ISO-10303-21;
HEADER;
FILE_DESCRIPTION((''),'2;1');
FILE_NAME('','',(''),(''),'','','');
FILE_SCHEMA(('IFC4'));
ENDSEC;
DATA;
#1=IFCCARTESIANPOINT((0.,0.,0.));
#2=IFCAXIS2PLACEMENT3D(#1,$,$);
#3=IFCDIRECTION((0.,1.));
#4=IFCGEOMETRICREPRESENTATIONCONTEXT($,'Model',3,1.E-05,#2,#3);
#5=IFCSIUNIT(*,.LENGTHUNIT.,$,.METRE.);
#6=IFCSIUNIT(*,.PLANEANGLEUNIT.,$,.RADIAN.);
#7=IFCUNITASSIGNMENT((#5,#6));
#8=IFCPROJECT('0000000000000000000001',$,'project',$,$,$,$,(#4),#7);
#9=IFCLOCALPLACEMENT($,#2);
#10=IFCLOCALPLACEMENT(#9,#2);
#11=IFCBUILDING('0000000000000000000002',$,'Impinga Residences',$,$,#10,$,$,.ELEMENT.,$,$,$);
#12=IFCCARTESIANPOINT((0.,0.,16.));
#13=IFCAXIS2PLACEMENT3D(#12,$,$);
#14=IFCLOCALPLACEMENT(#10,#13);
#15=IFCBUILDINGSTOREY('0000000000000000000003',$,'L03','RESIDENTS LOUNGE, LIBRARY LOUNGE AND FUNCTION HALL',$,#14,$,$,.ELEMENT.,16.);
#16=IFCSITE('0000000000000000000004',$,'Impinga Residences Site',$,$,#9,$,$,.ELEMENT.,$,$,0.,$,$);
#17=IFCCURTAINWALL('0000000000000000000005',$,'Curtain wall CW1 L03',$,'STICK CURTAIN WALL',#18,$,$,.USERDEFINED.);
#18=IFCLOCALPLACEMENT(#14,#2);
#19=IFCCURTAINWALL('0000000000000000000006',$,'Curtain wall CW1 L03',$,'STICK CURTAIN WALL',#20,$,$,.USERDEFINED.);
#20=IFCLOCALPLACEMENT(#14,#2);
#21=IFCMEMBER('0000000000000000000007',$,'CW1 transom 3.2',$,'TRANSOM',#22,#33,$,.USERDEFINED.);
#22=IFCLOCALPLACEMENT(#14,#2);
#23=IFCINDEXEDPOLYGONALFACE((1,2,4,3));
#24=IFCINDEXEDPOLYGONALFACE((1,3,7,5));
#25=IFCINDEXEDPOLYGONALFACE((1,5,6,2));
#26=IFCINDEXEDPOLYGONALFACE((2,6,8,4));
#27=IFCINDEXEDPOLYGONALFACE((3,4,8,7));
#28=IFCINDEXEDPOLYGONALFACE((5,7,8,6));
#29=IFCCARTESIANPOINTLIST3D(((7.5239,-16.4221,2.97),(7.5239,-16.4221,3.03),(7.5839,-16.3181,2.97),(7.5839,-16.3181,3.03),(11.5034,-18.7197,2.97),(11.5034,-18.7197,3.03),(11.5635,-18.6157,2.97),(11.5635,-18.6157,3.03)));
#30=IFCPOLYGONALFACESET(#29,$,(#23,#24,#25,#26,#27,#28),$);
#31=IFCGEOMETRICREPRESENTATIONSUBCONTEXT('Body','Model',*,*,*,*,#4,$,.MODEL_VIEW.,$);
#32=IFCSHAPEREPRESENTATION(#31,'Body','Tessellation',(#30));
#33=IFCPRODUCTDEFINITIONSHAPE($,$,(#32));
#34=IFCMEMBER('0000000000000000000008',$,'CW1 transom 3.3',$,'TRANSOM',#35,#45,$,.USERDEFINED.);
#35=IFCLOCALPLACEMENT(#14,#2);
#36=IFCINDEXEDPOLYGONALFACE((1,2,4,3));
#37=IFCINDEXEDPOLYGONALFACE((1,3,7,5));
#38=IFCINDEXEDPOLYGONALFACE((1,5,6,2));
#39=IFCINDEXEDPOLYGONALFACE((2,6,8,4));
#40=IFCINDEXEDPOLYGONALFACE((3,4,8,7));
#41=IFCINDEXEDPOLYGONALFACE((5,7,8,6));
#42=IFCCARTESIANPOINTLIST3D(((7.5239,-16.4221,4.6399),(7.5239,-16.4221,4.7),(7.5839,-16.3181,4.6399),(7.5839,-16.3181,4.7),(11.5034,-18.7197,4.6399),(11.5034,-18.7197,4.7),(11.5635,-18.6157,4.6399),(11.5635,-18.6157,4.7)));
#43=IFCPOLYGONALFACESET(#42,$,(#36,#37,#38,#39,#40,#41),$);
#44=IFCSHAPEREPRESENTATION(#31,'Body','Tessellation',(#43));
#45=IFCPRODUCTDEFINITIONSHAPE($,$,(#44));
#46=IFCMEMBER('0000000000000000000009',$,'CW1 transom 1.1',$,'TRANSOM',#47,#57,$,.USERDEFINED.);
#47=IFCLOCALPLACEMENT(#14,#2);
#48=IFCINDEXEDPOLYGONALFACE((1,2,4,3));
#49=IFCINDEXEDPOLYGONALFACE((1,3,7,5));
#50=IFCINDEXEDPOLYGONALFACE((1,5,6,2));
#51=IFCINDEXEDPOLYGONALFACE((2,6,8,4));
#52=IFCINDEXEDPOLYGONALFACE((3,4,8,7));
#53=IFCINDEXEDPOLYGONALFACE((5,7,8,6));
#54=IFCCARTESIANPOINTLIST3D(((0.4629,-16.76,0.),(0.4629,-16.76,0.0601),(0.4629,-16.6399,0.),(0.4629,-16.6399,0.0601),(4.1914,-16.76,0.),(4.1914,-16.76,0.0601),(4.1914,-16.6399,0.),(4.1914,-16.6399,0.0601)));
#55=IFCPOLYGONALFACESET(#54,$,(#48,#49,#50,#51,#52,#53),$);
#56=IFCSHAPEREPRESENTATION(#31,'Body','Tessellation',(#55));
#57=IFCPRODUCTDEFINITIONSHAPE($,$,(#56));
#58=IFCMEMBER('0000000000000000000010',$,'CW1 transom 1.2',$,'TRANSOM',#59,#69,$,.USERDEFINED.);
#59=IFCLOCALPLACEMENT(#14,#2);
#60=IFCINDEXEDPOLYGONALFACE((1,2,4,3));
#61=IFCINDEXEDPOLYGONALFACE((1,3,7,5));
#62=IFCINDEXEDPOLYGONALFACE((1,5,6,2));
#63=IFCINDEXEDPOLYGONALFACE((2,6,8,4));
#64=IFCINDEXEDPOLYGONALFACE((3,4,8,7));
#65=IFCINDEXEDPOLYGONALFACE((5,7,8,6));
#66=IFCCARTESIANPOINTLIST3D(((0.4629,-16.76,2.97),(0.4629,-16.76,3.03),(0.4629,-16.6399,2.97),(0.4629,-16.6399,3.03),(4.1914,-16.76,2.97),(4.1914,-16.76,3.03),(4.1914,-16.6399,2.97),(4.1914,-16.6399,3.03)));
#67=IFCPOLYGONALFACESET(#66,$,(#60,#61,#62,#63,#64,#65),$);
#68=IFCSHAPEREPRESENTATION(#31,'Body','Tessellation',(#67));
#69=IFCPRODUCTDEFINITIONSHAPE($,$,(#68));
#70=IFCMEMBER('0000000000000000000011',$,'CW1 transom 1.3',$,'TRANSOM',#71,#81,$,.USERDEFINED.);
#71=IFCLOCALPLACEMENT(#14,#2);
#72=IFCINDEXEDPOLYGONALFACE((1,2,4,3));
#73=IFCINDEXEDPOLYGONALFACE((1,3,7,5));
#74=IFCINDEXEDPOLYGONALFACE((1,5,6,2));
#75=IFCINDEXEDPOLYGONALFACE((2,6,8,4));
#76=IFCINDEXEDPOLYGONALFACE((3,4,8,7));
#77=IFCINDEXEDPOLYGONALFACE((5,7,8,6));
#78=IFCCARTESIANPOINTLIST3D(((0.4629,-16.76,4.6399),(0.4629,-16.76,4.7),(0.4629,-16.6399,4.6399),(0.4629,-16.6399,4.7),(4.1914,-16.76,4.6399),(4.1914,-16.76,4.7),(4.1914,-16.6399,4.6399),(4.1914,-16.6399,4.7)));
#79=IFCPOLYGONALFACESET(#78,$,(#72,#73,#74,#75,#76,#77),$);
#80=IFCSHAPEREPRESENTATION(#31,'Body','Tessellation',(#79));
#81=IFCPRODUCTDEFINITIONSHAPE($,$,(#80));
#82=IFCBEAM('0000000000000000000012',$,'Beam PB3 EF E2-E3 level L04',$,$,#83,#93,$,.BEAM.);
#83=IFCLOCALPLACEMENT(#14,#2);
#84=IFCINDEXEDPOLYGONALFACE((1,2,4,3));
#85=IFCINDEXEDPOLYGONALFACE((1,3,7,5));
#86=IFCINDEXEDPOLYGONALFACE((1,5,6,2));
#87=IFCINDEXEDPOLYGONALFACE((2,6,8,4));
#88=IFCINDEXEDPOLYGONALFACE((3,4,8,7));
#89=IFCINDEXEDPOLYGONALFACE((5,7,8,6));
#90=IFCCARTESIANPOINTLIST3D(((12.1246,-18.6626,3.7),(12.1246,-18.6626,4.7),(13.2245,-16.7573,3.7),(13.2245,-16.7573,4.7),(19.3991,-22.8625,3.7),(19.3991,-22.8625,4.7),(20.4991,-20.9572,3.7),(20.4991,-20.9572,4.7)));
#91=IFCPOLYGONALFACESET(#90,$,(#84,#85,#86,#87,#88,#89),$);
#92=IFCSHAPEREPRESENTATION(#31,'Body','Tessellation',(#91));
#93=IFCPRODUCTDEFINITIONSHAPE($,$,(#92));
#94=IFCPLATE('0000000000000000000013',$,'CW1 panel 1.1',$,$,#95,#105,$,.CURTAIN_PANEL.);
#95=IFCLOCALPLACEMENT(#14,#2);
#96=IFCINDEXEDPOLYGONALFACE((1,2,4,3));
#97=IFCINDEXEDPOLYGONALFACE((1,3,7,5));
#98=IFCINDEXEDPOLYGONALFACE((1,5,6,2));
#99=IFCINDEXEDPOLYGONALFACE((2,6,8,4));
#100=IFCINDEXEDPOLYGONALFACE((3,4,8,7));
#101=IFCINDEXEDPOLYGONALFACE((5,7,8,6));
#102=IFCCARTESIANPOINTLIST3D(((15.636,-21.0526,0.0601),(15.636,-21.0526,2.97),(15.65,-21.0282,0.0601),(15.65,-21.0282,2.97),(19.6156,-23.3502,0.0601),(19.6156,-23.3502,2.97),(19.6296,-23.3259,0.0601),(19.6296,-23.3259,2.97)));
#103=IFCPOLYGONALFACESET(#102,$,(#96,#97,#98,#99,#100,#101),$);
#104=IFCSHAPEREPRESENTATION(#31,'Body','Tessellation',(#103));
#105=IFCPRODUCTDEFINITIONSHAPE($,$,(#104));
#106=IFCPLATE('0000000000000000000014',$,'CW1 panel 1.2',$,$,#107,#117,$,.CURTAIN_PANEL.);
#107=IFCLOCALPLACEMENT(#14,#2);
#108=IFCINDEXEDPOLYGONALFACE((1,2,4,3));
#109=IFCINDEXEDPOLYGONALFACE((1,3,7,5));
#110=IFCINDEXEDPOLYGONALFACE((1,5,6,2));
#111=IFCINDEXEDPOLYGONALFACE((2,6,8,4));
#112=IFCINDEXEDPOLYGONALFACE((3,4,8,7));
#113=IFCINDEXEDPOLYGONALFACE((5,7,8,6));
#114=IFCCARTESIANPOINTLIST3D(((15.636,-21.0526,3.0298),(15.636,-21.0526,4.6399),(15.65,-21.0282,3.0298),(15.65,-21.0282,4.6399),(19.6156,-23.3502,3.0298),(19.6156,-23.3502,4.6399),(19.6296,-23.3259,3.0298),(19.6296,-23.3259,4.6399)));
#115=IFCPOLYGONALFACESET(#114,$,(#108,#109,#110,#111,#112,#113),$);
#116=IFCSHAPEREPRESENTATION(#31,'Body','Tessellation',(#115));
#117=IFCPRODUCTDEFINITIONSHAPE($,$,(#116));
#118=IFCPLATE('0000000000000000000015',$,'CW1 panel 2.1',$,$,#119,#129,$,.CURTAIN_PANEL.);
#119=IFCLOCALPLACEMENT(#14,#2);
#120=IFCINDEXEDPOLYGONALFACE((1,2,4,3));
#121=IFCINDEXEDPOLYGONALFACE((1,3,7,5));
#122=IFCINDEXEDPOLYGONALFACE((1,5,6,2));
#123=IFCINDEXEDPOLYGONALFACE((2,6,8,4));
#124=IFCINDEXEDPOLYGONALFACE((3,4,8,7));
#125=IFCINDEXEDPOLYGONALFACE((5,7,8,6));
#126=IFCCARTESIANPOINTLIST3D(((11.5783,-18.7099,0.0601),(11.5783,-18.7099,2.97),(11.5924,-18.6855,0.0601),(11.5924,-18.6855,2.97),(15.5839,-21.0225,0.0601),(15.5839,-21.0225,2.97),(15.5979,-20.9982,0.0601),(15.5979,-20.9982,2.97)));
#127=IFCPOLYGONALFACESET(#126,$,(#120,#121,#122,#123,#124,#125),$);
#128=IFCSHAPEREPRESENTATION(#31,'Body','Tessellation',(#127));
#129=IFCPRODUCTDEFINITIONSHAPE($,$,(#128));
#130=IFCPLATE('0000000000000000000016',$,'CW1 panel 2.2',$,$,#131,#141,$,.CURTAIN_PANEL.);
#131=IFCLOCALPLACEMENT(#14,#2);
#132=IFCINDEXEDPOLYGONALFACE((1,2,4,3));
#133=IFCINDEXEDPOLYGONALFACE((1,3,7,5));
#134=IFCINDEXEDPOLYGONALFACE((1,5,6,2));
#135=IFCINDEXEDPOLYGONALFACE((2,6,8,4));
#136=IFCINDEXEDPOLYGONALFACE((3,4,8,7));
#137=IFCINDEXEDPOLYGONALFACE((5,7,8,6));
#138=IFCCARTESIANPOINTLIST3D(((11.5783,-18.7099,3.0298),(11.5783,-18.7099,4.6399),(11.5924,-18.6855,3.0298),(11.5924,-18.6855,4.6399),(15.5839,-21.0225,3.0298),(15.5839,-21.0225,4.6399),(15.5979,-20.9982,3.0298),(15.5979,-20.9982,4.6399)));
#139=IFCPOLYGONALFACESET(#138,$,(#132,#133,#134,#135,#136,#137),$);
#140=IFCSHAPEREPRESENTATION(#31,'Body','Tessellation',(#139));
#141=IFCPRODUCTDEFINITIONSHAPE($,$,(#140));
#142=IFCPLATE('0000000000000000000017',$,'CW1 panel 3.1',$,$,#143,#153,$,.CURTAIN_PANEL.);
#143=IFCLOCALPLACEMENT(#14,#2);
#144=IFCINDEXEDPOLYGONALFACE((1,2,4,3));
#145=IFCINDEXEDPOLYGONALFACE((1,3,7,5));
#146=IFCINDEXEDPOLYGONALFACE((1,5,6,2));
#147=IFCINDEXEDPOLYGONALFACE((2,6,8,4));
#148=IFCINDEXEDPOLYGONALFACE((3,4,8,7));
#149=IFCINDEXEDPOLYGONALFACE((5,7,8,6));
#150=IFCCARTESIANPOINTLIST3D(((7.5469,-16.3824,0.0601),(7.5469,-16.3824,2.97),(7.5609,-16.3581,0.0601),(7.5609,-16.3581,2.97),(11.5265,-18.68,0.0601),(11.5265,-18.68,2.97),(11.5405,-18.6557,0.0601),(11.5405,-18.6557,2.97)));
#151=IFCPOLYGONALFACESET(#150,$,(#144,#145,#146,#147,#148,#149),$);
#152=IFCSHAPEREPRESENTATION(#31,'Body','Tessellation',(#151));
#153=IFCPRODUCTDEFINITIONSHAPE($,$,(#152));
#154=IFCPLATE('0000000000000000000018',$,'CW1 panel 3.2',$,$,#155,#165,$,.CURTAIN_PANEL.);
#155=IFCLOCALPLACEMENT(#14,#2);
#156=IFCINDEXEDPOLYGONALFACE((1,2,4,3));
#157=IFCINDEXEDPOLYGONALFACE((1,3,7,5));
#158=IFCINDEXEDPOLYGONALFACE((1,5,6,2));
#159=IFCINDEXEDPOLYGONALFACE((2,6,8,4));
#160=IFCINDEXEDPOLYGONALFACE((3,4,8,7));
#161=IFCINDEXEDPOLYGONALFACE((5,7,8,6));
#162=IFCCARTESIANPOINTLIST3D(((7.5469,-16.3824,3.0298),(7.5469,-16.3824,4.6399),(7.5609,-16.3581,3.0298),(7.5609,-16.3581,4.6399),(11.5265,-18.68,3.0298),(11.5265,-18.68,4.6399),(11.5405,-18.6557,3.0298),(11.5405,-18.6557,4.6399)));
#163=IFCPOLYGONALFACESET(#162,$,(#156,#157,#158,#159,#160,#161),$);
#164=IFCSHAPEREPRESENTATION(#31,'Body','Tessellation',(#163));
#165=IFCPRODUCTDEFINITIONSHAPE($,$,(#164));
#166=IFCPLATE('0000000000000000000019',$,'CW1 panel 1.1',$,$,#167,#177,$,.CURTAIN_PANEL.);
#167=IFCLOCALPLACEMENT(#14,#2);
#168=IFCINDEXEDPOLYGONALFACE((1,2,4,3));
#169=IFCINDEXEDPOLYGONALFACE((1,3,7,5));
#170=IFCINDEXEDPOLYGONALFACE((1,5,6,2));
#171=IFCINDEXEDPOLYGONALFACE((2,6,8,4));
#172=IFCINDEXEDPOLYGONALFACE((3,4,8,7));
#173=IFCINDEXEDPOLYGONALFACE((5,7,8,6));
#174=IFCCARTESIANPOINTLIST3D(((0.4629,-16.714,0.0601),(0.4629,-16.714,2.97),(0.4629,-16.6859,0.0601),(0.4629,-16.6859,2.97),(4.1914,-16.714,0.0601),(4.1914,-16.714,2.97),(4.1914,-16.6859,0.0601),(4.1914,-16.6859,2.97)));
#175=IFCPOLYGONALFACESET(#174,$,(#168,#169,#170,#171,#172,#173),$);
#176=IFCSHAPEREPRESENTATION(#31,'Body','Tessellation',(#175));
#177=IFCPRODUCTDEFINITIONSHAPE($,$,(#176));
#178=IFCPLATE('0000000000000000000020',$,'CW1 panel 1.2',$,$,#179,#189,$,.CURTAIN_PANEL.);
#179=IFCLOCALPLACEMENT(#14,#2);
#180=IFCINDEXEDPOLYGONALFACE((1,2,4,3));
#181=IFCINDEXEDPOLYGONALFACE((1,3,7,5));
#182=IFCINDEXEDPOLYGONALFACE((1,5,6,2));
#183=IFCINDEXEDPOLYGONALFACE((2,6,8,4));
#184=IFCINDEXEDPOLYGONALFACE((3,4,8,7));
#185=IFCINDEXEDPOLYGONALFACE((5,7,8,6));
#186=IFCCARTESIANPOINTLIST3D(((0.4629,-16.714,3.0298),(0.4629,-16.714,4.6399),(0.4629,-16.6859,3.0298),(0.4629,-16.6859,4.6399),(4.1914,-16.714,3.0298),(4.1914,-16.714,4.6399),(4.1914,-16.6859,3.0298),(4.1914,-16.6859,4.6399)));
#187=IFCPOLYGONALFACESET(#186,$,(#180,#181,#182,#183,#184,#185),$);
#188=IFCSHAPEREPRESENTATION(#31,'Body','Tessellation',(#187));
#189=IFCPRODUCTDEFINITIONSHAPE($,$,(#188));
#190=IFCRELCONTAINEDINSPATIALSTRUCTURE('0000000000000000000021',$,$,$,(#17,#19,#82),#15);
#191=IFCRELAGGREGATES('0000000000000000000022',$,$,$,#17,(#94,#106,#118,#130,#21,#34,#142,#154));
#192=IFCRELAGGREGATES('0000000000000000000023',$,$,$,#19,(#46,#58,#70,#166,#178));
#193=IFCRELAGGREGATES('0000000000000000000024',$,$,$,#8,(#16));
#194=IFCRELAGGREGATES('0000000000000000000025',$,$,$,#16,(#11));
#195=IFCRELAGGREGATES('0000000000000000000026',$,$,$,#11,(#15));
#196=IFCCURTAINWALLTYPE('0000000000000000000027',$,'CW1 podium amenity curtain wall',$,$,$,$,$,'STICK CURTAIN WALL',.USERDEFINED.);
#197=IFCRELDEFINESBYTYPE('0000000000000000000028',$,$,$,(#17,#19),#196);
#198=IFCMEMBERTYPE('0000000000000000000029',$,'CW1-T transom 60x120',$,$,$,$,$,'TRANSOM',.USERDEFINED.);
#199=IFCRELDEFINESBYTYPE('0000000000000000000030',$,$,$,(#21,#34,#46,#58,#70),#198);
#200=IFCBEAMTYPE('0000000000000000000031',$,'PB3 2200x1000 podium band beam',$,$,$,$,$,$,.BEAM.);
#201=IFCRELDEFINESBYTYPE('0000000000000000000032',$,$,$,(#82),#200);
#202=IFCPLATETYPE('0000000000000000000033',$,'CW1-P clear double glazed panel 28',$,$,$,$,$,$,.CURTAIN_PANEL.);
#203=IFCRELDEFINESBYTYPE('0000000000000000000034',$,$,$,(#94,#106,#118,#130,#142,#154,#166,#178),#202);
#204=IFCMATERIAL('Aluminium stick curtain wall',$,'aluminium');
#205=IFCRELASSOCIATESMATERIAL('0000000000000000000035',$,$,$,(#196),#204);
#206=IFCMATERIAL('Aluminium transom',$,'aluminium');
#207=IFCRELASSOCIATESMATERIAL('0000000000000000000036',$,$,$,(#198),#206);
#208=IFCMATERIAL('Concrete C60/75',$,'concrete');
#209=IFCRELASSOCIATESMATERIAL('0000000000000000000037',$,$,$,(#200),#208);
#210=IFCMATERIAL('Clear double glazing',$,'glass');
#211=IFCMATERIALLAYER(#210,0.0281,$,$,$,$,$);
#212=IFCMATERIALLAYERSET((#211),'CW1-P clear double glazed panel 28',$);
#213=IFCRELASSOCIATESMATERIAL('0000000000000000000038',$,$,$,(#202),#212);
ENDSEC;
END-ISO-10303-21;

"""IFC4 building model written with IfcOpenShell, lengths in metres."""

from ifc_helpers import new_model, si_unit, direction, frame, origin, origin_2d, place, context, subcontext, project, spatial, rectangle, extrude, material, layer, layer_set, material_profile, profile_set, type_object, element, aggregate, save


model = new_model("IFC4")

# Units and contexts
model_context = context("Model", 3, precision=1e-05, world=origin(), true_north=direction((0.0, 1.0)))
body_context = subcontext(model_context, "Body", "Model", "MODEL_VIEW")
ifc_project = project(units=[si_unit("LENGTHUNIT", "METRE"), si_unit("PLANEANGLEUNIT", "RADIAN")], contexts=[model_context])

# Site, building, storey
site_placement = place(None, origin())
site = spatial("IfcSite", under=ifc_project, at=site_placement, Name="Impinga Residences Site", CompositionType="ELEMENT", RefElevation=0.0)
building_placement = place(site_placement, origin())
building = spatial("IfcBuilding", under=site, at=building_placement, Name="Impinga Residences", CompositionType="ELEMENT")
storey_placement = place(building_placement, frame((0.0, 0.0, 16.0)))
storey = spatial("IfcBuildingStorey", under=building, at=storey_placement, Name="L03", Description="RESIDENTS LOUNGE, LIBRARY LOUNGE AND FUNCTION HALL", CompositionType="ELEMENT", Elevation=16.0)

# Curtain walls
ifc_material_1 = material(Name="Aluminium stick curtain wall", Category="aluminium")
curtain_wall_type = type_object("IfcCurtainWallType", Name="CW1 podium amenity curtain wall", ElementType="STICK CURTAIN WALL", PredefinedType="USERDEFINED", material=ifc_material_1)
curtain_wall_1_placement = place(storey_placement, origin())
curtain_wall_1 = element("IfcCurtainWall", 1, at=curtain_wall_1_placement, inside=storey, type_object=curtain_wall_type, Name="Curtain wall CW1 L03", ObjectType="STICK CURTAIN WALL", PredefinedType="USERDEFINED")
curtain_wall_2_placement = place(storey_placement, origin())
curtain_wall_2 = element("IfcCurtainWall", 2, at=curtain_wall_2_placement, inside=storey, type_object=curtain_wall_type, Name="Curtain wall CW1 L03", ObjectType="STICK CURTAIN WALL", PredefinedType="USERDEFINED")

# Members
ifc_material_2 = material(Name="Aluminium transom", Category="aluminium")
ifc_material_profile_1 = material_profile(ifc_material_2, rectangle(XDim=0.0601, YDim=0.1201, at=origin_2d()), Name="60x120 transom")
ifc_profile_set_1 = profile_set([ifc_material_profile_1], Name="Aluminium transom")
member_type_1 = type_object("IfcMemberType", Name="CW1-T transom 60x120", ElementType="TRANSOM", PredefinedType="USERDEFINED", material=ifc_profile_set_1)
member_1_placement = place(storey_placement, frame((11.5334, -18.6677, 3.0), z_axis=(-0.866021, 0.500008, 0.0), x_axis=(0.0, 0.0, 1.0)))
member_1 = element("IfcMember", 3, at=member_1_placement, type_object=member_type_1, Name="CW1 transom 3.2", ObjectType="TRANSOM", PredefinedType="USERDEFINED", context=body_context, shape_type="SweptSolid", body=[
    extrude(rectangle(XDim=0.0601, YDim=0.1201, at=origin_2d()), origin(), (0.0, 0.0, 1.0), 4.5952),
])
member_2_placement = place(storey_placement, frame((11.5334, -18.6677, 4.6699), z_axis=(-0.866021, 0.500008, 0.0), x_axis=(0.0, 0.0, 1.0)))
member_2 = element("IfcMember", 4, at=member_2_placement, type_object=member_type_1, Name="CW1 transom 3.3", ObjectType="TRANSOM", PredefinedType="USERDEFINED", context=body_context, shape_type="SweptSolid", body=[
    extrude(rectangle(XDim=0.0601, YDim=0.1201, at=origin_2d()), origin(), (0.0, 0.0, 1.0), 4.5952),
])
member_3_placement = place(storey_placement, frame((4.1914, -16.7, 0.03), z_axis=(-1.0, 0.0, 0.0), x_axis=(0.0, 0.0, 1.0)))
member_3 = element("IfcMember", 5, at=member_3_placement, type_object=member_type_1, Name="CW1 transom 1.1", ObjectType="TRANSOM", PredefinedType="USERDEFINED", context=body_context, shape_type="SweptSolid", body=[
    extrude(rectangle(XDim=0.0601, YDim=0.1201, at=origin_2d()), origin(), (0.0, 0.0, 1.0), 3.7285),
])
member_4_placement = place(storey_placement, frame((4.1914, -16.7, 3.0), z_axis=(-1.0, 0.0, 0.0), x_axis=(0.0, 0.0, 1.0)))
member_4 = element("IfcMember", 6, at=member_4_placement, type_object=member_type_1, Name="CW1 transom 1.2", ObjectType="TRANSOM", PredefinedType="USERDEFINED", context=body_context, shape_type="SweptSolid", body=[
    extrude(rectangle(XDim=0.0601, YDim=0.1201, at=origin_2d()), origin(), (0.0, 0.0, 1.0), 3.7285),
])
member_5_placement = place(storey_placement, frame((4.1914, -16.7, 4.6699), z_axis=(-1.0, 0.0, 0.0), x_axis=(0.0, 0.0, 1.0)))
member_5 = element("IfcMember", 7, at=member_5_placement, type_object=member_type_1, Name="CW1 transom 1.3", ObjectType="TRANSOM", PredefinedType="USERDEFINED", context=body_context, shape_type="SweptSolid", body=[
    extrude(rectangle(XDim=0.0601, YDim=0.1201, at=origin_2d()), origin(), (0.0, 0.0, 1.0), 3.7285),
])

# Beam
ifc_material_3 = material(Name="Concrete C60/75", Category="concrete")
ifc_material_profile_2 = material_profile(ifc_material_3, rectangle(XDim=2.2, YDim=1.0, at=origin_2d()), Name="RC 2200x1000")
ifc_profile_set_2 = profile_set([ifc_material_profile_2], Name="Concrete C60/75")
beam_type = type_object("IfcBeamType", Name="PB3 2200x1000 podium band beam", PredefinedType="BEAM", material=ifc_profile_set_2)
beam_placement = place(storey_placement, frame((12.6746, -17.71, 4.2), z_axis=(0.866029, -0.499993, 0.0), x_axis=(0.499993, 0.866029, 0.0)))
element("IfcBeam", 8, at=beam_placement, inside=storey, type_object=beam_type, Name="Beam PB3 EF E2-E3 level L04", PredefinedType="BEAM", context=body_context, shape_type="SweptSolid", body=[
    extrude(rectangle(XDim=2.2, YDim=1.0, at=origin_2d()), origin(), (0.0, 0.0, 1.0), 8.3999),
])

# Plates
ifc_material_4 = material(Name="Clear double glazing", Category="glass")
ifc_layer_1 = layer(ifc_material_4, 0.0281)
ifc_layer_set_1 = layer_set([ifc_layer_1], Name="CW1-P clear double glazed panel 28")
plate_type = type_object("IfcPlateType", Name="CW1-P clear double glazed panel 28", PredefinedType="CURTAIN_PANEL", material=ifc_layer_set_1)
plate_1_placement = place(storey_placement, frame((17.6328, -22.1892, 0.0601), z_axis=(0.0, 0.0, 1.0), x_axis=(-0.866025, 0.5, 0.0)))
plate_1 = element("IfcPlate", 9, at=plate_1_placement, type_object=plate_type, Name="CW1 panel 1.1", PredefinedType="CURTAIN_PANEL", context=body_context, shape_type="SweptSolid", body=[
    extrude(rectangle(XDim=4.5952, YDim=0.0281, at=origin_2d()), origin(), (0.0, 0.0, 1.0), 2.9099),
])
plate_2_placement = place(storey_placement, frame((17.6328, -22.1892, 3.0298), z_axis=(0.0, 0.0, 1.0), x_axis=(-0.866025, 0.5, 0.0)))
plate_2 = element("IfcPlate", 10, at=plate_2_placement, type_object=plate_type, Name="CW1 panel 1.2", PredefinedType="CURTAIN_PANEL", context=body_context, shape_type="SweptSolid", body=[
    extrude(rectangle(XDim=4.5952, YDim=0.0281, at=origin_2d()), origin(), (0.0, 0.0, 1.0), 1.6101),
])
plate_3_placement = place(storey_placement, frame((13.5881, -19.854, 0.0601), z_axis=(0.0, 0.0, 1.0), x_axis=(-0.866025, 0.5, 0.0)))
plate_3 = element("IfcPlate", 11, at=plate_3_placement, type_object=plate_type, Name="CW1 panel 2.1", PredefinedType="CURTAIN_PANEL", context=body_context, shape_type="SweptSolid", body=[
    extrude(rectangle(XDim=4.6252, YDim=0.0281, at=origin_2d()), origin(), (0.0, 0.0, 1.0), 2.9099),
])
plate_4_placement = place(storey_placement, frame((13.5881, -19.854, 3.0298), z_axis=(0.0, 0.0, 1.0), x_axis=(-0.866025, 0.5, 0.0)))
plate_4 = element("IfcPlate", 12, at=plate_4_placement, type_object=plate_type, Name="CW1 panel 2.2", PredefinedType="CURTAIN_PANEL", context=body_context, shape_type="SweptSolid", body=[
    extrude(rectangle(XDim=4.6252, YDim=0.0281, at=origin_2d()), origin(), (0.0, 0.0, 1.0), 1.6101),
])
plate_5_placement = place(storey_placement, frame((9.5437, -17.519, 0.0601), z_axis=(0.0, 0.0, 1.0), x_axis=(-0.866025, 0.5, 0.0)))
plate_5 = element("IfcPlate", 13, at=plate_5_placement, type_object=plate_type, Name="CW1 panel 3.1", PredefinedType="CURTAIN_PANEL", context=body_context, shape_type="SweptSolid", body=[
    extrude(rectangle(XDim=4.5952, YDim=0.0281, at=origin_2d()), origin(), (0.0, 0.0, 1.0), 2.9099),
])
plate_6_placement = place(storey_placement, frame((9.5437, -17.519, 3.0298), z_axis=(0.0, 0.0, 1.0), x_axis=(-0.866025, 0.5, 0.0)))
plate_6 = element("IfcPlate", 14, at=plate_6_placement, type_object=plate_type, Name="CW1 panel 3.2", PredefinedType="CURTAIN_PANEL", context=body_context, shape_type="SweptSolid", body=[
    extrude(rectangle(XDim=4.5952, YDim=0.0281, at=origin_2d()), origin(), (0.0, 0.0, 1.0), 1.6101),
])
aggregate(curtain_wall_1, [plate_1, plate_2, plate_3, plate_4, member_1, member_2, plate_5, plate_6])
plate_7_placement = place(storey_placement, frame((2.3271, -16.7, 0.0601), z_axis=(0.0, 0.0, 1.0), x_axis=(-1.0, 0.0, 0.0)))
plate_7 = element("IfcPlate", 15, at=plate_7_placement, type_object=plate_type, Name="CW1 panel 1.1", PredefinedType="CURTAIN_PANEL", context=body_context, shape_type="SweptSolid", body=[
    extrude(rectangle(XDim=3.7285, YDim=0.0281, at=origin_2d()), origin(), (0.0, 0.0, 1.0), 2.9099),
])
plate_8_placement = place(storey_placement, frame((2.3271, -16.7, 3.0298), z_axis=(0.0, 0.0, 1.0), x_axis=(-1.0, 0.0, 0.0)))
plate_8 = element("IfcPlate", 16, at=plate_8_placement, type_object=plate_type, Name="CW1 panel 1.2", PredefinedType="CURTAIN_PANEL", context=body_context, shape_type="SweptSolid", body=[
    extrude(rectangle(XDim=3.7285, YDim=0.0281, at=origin_2d()), origin(), (0.0, 0.0, 1.0), 1.6101),
])
aggregate(curtain_wall_2, [member_3, member_4, member_5, plate_7, plate_8])

save(model, "model.ifc")
